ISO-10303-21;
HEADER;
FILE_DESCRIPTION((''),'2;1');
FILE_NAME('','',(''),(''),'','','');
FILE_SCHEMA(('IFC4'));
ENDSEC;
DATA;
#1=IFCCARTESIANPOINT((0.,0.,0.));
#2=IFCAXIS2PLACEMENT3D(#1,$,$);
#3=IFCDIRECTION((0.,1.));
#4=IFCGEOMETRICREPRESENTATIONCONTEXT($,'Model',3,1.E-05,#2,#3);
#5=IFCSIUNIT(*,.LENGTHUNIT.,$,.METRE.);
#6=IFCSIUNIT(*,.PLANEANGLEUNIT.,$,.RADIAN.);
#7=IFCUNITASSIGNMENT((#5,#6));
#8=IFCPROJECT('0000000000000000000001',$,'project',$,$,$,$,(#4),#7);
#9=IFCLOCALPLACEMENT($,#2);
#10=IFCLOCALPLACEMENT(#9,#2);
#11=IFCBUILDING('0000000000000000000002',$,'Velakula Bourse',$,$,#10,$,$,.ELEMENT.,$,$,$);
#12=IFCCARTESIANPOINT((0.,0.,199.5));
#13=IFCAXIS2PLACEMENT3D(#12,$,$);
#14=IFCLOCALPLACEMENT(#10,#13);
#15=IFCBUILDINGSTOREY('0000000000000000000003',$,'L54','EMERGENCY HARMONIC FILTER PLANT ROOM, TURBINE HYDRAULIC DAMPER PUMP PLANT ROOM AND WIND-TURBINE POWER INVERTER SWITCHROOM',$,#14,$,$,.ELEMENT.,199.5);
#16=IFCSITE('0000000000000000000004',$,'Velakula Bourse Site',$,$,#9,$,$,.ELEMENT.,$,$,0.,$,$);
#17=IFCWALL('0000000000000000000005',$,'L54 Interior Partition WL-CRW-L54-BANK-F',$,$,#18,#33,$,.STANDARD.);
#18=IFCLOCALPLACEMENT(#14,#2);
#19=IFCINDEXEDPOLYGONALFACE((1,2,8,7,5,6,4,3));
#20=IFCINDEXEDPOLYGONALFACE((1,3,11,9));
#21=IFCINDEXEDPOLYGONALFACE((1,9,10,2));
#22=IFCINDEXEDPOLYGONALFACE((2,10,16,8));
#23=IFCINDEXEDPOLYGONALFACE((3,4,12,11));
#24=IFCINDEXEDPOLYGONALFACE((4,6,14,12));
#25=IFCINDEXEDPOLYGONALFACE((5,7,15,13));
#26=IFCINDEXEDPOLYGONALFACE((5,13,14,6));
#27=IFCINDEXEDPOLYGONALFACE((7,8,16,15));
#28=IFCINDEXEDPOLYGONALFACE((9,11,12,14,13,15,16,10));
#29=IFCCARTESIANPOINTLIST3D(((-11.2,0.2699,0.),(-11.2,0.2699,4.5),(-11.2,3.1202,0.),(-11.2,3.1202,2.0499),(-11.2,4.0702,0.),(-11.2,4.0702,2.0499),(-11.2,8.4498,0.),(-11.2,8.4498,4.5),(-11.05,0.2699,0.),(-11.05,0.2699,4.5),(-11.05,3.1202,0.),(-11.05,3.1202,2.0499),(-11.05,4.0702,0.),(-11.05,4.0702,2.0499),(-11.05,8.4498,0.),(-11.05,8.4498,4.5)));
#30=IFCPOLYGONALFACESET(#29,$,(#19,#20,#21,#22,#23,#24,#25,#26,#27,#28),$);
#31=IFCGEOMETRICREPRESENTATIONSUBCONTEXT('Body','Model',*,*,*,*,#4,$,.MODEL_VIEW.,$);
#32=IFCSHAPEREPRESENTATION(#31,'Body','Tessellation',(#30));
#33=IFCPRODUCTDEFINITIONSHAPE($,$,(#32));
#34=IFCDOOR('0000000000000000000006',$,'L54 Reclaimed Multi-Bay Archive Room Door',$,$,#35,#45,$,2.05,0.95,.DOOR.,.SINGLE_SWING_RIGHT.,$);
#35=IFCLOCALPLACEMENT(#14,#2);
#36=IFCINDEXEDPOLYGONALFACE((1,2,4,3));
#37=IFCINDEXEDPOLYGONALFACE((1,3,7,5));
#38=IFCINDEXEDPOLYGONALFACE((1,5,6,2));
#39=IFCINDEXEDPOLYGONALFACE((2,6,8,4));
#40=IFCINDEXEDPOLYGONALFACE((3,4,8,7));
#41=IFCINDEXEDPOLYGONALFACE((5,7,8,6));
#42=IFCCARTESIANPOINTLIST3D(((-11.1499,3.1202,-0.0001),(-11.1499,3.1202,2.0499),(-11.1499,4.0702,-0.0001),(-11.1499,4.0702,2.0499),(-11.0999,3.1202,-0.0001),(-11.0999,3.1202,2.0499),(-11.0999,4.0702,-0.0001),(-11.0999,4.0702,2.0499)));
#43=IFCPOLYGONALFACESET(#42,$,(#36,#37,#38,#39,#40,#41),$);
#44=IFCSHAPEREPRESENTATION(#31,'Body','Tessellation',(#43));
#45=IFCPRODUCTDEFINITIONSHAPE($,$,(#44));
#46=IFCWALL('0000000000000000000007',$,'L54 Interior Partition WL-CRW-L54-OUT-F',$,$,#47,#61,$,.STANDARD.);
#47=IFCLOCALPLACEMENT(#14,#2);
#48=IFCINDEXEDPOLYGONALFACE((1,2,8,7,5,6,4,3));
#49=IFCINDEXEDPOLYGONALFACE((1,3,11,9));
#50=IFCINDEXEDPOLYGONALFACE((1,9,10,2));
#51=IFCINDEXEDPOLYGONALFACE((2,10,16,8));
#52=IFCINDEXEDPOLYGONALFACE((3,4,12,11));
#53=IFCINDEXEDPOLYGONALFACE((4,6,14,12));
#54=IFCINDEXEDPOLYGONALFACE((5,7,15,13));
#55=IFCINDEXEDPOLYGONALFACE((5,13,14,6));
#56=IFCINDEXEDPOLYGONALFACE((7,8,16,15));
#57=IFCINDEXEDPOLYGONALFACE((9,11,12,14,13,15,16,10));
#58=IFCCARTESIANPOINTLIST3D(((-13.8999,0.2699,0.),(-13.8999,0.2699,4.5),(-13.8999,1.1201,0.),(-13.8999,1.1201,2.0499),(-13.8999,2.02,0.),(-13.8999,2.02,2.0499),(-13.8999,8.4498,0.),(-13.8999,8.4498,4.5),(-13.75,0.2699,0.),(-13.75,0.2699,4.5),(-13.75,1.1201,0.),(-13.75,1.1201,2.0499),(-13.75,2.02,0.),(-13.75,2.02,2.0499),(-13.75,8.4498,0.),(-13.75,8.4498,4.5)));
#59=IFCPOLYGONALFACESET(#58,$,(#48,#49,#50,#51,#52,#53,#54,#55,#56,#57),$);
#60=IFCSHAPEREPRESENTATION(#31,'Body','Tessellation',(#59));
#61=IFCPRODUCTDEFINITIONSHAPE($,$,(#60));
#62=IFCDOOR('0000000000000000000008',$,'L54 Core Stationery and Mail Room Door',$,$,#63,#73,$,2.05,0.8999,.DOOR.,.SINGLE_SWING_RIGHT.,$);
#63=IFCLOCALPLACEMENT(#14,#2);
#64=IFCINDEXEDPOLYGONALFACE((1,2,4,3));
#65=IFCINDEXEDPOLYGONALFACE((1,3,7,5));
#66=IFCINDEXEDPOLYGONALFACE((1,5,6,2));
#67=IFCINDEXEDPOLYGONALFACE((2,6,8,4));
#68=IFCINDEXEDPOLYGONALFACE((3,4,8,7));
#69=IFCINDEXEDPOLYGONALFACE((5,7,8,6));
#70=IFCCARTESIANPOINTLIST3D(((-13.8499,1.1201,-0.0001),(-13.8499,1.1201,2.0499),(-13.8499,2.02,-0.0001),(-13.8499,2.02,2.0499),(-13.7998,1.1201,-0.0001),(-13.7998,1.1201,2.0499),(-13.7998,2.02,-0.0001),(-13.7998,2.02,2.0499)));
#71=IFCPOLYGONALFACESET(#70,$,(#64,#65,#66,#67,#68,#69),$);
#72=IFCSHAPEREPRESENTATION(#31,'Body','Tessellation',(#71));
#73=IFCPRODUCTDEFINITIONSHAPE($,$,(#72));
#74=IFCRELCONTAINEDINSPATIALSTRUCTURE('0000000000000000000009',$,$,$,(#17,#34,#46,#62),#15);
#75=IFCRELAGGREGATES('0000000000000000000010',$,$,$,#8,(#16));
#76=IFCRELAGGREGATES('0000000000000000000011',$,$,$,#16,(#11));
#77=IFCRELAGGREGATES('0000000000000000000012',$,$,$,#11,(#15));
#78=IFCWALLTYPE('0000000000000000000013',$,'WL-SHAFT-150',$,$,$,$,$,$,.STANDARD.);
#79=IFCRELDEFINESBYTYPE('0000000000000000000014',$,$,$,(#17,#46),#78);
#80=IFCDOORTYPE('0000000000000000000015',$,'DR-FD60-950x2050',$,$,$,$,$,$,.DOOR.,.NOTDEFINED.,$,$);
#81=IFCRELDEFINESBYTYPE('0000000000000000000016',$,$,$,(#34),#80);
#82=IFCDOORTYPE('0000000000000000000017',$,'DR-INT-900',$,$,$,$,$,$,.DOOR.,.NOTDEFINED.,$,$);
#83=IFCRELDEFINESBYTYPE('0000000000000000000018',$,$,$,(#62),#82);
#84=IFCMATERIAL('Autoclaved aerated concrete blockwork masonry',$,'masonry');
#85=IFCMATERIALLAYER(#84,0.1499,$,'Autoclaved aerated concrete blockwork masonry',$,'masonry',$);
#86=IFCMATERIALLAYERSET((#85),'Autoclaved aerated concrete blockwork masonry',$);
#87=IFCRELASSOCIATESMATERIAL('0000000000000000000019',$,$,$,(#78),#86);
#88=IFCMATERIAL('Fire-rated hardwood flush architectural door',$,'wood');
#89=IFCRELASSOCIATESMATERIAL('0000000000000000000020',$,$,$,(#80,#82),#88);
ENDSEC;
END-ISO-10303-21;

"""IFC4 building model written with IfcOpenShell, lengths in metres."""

from ifc_helpers import new_model, si_unit, direction, frame, frame_2d, origin, place, context, subcontext, project, spatial, rectangle, extrude, material, layer, layer_set, type_object, element, fill, save


model = new_model("IFC4")

# Units and contexts
model_context = context("Model", 3, precision=1e-05, world=origin(), true_north=direction((0.0, 1.0)))
body_context = subcontext(model_context, "Body", "Model", "MODEL_VIEW")
ifc_project = project(units=[si_unit("LENGTHUNIT", "METRE"), si_unit("PLANEANGLEUNIT", "RADIAN")], contexts=[model_context])

# Site, building, storey
site_placement = place(None, origin())
site = spatial("IfcSite", under=ifc_project, at=site_placement, Name="Velakula Bourse Site", CompositionType="ELEMENT", RefElevation=0.0)
building_placement = place(site_placement, origin())
building = spatial("IfcBuilding", under=site, at=building_placement, Name="Velakula Bourse", CompositionType="ELEMENT")
storey_placement = place(building_placement, frame((0.0, 0.0, 199.5)))
storey = spatial("IfcBuildingStorey", under=building, at=storey_placement, Name="L54", Description="EMERGENCY HARMONIC FILTER PLANT ROOM, TURBINE HYDRAULIC DAMPER PUMP PLANT ROOM AND WIND-TURBINE POWER INVERTER SWITCHROOM", CompositionType="ELEMENT", Elevation=199.5)

# Shared definitions
ifc_material_1 = material(Name="Fire-rated hardwood flush architectural door", Category="wood")

# Walls, openings, doors
ifc_material_2 = material(Name="Autoclaved aerated concrete blockwork masonry", Category="masonry")
ifc_layer_1 = layer(ifc_material_2, 0.1499, Name="Autoclaved aerated concrete blockwork masonry", Category="masonry")
ifc_layer_set_1 = layer_set([ifc_layer_1], Name="Autoclaved aerated concrete blockwork masonry")
wall_type_1 = type_object("IfcWallType", Name="WL-SHAFT-150", PredefinedType="STANDARD", material=ifc_layer_set_1)
wall_1_placement = place(storey_placement, frame((-11.125, 0.27, 0.0), z_axis=(0.0, 0.0, 1.0), x_axis=(0.0, 1.0, 0.0)))
wall_1 = element("IfcWall", 1, at=wall_1_placement, inside=storey, type_object=wall_type_1, Name="L54 Interior Partition WL-CRW-L54-BANK-F", PredefinedType="STANDARD", context=body_context, shape_type="SweptSolid", body=[
    extrude(rectangle(XDim=8.1799, YDim=0.1499, at=frame_2d((4.0898, 0.0))), origin(), (0.0, 0.0, 1.0), 4.5),
])
opening_1_placement = place(wall_1_placement, frame((2.8501, 0.0, 0.0)))
opening_1 = element("IfcOpeningElement", 2, at=opening_1_placement, cuts=wall_1, PredefinedType="OPENING", context=body_context, shape_type="SweptSolid", body=[
    extrude(rectangle(XDim=0.95, YDim=2.05, at=frame_2d((0.4751, 1.0249))), frame((0.0, 0.085, 0.0), z_axis=(0.0, -1.0, 0.0), x_axis=(1.0, 0.0, 0.0)), (0.0, 0.0, 1.0), 0.1699),
])
door_type_1 = type_object("IfcDoorType", Name="DR-FD60-950x2050", OperationType="NOTDEFINED", PredefinedType="DOOR", material=ifc_material_1)
door_1_placement = place(opening_1_placement, origin())
door_1 = element("IfcDoor", 3, at=door_1_placement, inside=storey, type_object=door_type_1, Name="L54 Reclaimed Multi-Bay Archive Room Door", OperationType="SINGLE_SWING_RIGHT", OverallHeight=2.05, OverallWidth=0.95, PredefinedType="DOOR", context=body_context, shape_type="SweptSolid", body=[
    extrude(rectangle(XDim=0.95, YDim=2.05, at=frame_2d((0.4751, 1.0249))), frame((0.0, 0.0249, 0.0), z_axis=(0.0, -1.0, 0.0), x_axis=(1.0, 0.0, 0.0)), (0.0, 0.0, 1.0), 0.05),
])
fill(opening_1, door_1)
wall_2_placement = place(storey_placement, frame((-13.825, 0.27, 0.0), z_axis=(0.0, 0.0, 1.0), x_axis=(0.0, 1.0, 0.0)))
wall_2 = element("IfcWall", 4, at=wall_2_placement, inside=storey, type_object=wall_type_1, Name="L54 Interior Partition WL-CRW-L54-OUT-F", PredefinedType="STANDARD", context=body_context, shape_type="SweptSolid", body=[
    extrude(rectangle(XDim=8.1799, YDim=0.1499, at=frame_2d((4.0898, 0.0))), origin(), (0.0, 0.0, 1.0), 4.5),
])
opening_2_placement = place(wall_2_placement, frame((0.8501, 0.0, 0.0)))
opening_2 = element("IfcOpeningElement", 5, at=opening_2_placement, cuts=wall_2, PredefinedType="OPENING", context=body_context, shape_type="SweptSolid", body=[
    extrude(rectangle(XDim=0.8999, YDim=2.05, at=frame_2d((0.45, 1.0249))), frame((0.0, 0.085, 0.0), z_axis=(0.0, -1.0, 0.0), x_axis=(1.0, 0.0, 0.0)), (0.0, 0.0, 1.0), 0.1699),
])
door_type_2 = type_object("IfcDoorType", Name="DR-INT-900", OperationType="NOTDEFINED", PredefinedType="DOOR", material=ifc_material_1)
door_2_placement = place(opening_2_placement, origin())
door_2 = element("IfcDoor", 6, at=door_2_placement, inside=storey, type_object=door_type_2, Name="L54 Core Stationery and Mail Room Door", OperationType="SINGLE_SWING_RIGHT", OverallHeight=2.05, OverallWidth=0.8999, PredefinedType="DOOR", context=body_context, shape_type="SweptSolid", body=[
    extrude(rectangle(XDim=0.8999, YDim=2.05, at=frame_2d((0.45, 1.0249))), frame((0.0, 0.0249, 0.0), z_axis=(0.0, -1.0, 0.0), x_axis=(1.0, 0.0, 0.0)), (0.0, 0.0, 1.0), 0.05),
])
fill(opening_2, door_2)

save(model, "model.ifc")
